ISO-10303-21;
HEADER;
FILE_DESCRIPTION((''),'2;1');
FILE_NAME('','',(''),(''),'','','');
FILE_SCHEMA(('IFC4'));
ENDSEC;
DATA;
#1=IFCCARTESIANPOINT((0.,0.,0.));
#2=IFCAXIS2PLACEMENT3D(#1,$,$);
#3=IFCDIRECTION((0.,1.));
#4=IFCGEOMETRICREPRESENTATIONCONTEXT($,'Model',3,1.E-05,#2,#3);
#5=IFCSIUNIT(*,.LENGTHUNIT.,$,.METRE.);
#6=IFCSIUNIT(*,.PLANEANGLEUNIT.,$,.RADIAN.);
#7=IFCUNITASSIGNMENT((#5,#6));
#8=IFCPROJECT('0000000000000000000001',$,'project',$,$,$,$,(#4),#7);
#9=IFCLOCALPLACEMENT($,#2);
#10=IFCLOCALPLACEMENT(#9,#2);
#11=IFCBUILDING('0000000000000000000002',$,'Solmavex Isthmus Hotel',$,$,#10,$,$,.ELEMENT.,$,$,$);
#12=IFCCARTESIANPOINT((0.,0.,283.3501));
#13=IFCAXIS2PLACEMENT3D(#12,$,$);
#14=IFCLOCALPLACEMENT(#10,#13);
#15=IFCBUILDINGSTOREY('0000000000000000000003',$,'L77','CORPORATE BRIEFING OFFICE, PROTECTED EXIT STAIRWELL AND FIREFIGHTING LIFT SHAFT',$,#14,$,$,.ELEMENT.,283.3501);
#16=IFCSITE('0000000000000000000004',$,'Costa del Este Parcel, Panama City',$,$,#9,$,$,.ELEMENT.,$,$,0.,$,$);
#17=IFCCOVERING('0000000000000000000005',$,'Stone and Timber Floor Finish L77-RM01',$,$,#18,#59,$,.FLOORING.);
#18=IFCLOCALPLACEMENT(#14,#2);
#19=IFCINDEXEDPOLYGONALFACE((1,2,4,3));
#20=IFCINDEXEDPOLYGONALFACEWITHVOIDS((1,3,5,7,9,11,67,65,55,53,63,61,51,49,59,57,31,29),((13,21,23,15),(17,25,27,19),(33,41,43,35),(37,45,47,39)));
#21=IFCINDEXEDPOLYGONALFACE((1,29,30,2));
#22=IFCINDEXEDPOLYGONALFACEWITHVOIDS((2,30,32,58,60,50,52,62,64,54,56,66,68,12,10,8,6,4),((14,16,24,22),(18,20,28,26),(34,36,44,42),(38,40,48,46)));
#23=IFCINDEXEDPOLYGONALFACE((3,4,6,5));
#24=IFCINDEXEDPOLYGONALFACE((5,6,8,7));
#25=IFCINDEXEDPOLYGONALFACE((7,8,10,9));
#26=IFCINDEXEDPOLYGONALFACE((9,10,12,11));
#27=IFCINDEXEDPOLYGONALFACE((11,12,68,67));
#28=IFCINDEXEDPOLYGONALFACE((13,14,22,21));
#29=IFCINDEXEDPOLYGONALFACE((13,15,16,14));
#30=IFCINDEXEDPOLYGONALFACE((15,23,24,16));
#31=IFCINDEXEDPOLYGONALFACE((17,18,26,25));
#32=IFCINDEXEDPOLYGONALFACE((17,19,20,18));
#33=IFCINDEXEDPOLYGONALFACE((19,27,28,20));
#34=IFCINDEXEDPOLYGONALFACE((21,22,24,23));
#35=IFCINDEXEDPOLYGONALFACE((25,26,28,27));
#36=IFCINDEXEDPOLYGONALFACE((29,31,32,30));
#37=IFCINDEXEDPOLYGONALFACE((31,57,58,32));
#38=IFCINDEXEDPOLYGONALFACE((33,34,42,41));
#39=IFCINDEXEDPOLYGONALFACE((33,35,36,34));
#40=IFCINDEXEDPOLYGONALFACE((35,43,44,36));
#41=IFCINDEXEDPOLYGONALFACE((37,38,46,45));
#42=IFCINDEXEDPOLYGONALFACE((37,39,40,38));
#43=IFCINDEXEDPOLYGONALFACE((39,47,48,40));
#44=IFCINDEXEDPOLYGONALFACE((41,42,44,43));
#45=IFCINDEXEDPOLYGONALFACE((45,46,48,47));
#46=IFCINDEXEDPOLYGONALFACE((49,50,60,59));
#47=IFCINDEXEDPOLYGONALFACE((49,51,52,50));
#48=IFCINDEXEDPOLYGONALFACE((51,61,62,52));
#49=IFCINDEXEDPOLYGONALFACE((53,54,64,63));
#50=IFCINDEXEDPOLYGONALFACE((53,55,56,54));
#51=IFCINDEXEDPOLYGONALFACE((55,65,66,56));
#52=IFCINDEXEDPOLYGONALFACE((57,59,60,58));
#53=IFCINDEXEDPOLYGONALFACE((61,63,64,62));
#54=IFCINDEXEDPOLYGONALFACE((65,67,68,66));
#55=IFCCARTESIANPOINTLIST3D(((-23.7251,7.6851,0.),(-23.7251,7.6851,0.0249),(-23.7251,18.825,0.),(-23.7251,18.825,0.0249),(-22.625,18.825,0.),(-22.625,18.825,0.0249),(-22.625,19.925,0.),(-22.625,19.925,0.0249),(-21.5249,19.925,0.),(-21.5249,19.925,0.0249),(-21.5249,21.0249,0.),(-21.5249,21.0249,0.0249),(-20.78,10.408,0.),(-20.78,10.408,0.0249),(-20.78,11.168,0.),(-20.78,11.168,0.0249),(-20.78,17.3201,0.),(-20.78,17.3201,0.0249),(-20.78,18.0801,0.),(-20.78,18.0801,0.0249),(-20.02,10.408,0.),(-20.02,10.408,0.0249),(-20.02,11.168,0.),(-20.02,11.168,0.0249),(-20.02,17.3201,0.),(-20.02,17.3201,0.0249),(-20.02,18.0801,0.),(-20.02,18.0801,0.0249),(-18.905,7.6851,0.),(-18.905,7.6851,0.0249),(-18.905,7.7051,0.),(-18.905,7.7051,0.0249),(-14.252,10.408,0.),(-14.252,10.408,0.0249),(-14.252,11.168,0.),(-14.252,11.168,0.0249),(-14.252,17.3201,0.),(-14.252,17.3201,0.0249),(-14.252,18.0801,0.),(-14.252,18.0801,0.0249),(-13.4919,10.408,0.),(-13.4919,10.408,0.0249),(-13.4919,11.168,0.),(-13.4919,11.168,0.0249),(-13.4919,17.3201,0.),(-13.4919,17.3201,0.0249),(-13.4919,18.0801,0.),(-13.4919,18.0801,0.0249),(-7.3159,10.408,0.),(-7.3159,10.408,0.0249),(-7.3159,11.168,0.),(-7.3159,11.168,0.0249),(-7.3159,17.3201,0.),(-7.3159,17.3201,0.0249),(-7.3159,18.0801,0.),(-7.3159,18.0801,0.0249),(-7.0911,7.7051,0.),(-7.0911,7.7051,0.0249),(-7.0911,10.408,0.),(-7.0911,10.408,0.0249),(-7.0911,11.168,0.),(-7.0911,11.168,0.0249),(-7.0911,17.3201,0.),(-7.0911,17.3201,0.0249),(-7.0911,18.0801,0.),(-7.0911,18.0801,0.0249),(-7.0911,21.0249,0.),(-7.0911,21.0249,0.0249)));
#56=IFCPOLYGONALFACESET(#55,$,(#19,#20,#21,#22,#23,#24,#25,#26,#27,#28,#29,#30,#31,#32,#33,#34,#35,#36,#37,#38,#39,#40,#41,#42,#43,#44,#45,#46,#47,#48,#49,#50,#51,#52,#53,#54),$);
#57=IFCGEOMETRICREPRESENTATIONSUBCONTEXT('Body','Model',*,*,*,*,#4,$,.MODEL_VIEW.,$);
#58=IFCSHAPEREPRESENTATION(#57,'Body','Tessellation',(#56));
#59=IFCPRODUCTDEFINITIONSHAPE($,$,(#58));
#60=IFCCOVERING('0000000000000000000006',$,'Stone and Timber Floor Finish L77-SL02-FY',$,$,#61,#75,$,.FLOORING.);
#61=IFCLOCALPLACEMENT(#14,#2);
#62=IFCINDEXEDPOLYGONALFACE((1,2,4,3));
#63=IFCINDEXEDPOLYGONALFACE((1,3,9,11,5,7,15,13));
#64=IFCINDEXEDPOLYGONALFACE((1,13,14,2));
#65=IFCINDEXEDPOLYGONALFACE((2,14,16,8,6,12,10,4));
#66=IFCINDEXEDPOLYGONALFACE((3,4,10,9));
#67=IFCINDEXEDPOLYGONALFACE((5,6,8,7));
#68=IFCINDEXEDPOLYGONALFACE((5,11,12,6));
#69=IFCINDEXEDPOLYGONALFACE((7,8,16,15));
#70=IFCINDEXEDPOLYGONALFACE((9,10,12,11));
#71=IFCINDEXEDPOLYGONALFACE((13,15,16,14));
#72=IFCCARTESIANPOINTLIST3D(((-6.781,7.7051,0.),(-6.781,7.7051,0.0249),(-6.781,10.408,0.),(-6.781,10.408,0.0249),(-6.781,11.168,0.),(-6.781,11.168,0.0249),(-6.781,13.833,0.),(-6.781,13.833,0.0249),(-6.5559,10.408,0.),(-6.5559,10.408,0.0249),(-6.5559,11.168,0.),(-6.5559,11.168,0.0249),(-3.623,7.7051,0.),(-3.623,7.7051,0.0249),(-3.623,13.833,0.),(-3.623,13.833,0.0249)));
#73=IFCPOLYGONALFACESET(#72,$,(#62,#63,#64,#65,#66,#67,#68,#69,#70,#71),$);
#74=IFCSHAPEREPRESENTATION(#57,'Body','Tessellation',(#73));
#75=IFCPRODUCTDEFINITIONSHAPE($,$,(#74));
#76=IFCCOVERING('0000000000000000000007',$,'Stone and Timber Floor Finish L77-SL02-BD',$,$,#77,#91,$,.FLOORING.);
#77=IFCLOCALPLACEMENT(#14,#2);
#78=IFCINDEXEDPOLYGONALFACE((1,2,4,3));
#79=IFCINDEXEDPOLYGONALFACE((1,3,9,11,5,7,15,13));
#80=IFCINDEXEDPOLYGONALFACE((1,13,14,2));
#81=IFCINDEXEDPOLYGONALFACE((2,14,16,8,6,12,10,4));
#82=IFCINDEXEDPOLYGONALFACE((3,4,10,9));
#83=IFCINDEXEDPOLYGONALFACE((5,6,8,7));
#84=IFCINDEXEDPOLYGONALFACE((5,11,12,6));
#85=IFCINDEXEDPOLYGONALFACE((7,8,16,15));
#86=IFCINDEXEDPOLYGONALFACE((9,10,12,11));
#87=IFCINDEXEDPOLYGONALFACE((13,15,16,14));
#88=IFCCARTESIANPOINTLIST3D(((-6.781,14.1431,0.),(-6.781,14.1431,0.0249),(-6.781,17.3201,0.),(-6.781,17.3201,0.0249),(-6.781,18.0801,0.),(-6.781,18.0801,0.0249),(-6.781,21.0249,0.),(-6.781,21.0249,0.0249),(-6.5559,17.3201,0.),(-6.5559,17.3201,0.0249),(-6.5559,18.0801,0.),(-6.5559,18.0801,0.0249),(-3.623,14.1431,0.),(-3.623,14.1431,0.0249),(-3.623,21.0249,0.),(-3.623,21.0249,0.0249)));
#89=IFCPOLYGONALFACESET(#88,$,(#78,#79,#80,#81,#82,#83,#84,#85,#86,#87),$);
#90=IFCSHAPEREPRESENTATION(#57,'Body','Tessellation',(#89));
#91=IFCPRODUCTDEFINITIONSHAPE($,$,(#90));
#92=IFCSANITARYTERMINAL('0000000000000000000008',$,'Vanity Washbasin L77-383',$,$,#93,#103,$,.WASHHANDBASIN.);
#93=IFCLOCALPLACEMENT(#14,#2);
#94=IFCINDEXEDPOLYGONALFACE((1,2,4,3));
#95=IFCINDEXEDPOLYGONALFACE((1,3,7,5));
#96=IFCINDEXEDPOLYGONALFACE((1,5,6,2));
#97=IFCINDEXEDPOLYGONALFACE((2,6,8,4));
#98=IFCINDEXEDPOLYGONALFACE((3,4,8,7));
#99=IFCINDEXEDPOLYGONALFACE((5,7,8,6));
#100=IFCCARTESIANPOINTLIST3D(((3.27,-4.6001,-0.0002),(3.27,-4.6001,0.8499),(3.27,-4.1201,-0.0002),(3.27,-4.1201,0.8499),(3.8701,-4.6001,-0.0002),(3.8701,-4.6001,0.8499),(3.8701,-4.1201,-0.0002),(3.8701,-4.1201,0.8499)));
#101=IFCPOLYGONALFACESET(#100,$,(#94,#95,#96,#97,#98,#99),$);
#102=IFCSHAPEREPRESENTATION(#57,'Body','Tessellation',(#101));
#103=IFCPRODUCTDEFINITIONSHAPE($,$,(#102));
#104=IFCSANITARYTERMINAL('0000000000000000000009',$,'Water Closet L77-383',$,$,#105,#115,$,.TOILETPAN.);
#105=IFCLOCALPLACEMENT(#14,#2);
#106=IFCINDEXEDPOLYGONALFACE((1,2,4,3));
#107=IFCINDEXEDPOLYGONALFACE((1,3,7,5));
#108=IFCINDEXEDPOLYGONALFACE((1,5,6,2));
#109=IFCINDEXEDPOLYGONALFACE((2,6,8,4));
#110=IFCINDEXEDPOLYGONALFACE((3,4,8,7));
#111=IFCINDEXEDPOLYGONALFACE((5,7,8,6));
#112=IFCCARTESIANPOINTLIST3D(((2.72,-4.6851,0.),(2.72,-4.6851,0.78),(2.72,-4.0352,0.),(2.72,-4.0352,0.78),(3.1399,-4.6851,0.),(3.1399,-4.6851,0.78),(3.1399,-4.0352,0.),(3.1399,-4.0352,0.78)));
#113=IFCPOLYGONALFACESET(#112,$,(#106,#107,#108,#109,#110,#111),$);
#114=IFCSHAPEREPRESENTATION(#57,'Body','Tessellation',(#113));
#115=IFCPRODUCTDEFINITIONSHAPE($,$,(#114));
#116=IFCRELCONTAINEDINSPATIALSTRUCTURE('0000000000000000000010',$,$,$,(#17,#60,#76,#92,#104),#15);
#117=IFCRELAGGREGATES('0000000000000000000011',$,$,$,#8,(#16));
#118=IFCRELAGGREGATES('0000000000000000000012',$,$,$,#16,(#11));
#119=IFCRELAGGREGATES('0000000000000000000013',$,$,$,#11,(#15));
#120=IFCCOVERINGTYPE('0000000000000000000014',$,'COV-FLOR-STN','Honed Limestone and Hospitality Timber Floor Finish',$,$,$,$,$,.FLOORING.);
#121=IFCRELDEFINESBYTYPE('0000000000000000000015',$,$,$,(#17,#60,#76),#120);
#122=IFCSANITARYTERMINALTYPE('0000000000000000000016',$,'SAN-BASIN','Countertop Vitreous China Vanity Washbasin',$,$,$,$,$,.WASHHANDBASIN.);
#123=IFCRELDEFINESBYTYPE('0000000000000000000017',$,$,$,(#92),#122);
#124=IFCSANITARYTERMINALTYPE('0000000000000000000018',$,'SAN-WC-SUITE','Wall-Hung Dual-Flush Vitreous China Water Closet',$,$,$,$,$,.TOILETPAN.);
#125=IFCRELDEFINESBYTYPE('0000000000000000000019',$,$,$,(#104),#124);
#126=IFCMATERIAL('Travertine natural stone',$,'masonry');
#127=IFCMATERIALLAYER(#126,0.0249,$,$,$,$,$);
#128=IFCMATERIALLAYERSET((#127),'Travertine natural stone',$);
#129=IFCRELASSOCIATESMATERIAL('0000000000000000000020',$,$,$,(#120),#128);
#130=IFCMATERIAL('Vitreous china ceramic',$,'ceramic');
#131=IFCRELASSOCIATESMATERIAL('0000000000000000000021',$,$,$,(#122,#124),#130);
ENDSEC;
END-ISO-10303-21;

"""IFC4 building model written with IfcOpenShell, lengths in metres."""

from ifc_helpers import new_model, si_unit, direction, frame, origin, origin_2d, place, context, subcontext, project, spatial, polyline, rectangle, outline, extrude, material, layer, layer_set, type_object, element, save


model = new_model("IFC4")

# Units and contexts
model_context = context("Model", 3, precision=1e-05, world=origin(), true_north=direction((0.0, 1.0)))
body_context = subcontext(model_context, "Body", "Model", "MODEL_VIEW")
ifc_project = project(units=[si_unit("LENGTHUNIT", "METRE"), si_unit("PLANEANGLEUNIT", "RADIAN")], contexts=[model_context])

# Site, building, storey
site_placement = place(None, origin())
site = spatial("IfcSite", under=ifc_project, at=site_placement, Name="Costa del Este Parcel, Panama City", CompositionType="ELEMENT", RefElevation=0.0)
building_placement = place(site_placement, origin())
building = spatial("IfcBuilding", under=site, at=building_placement, Name="Solmavex Isthmus Hotel", CompositionType="ELEMENT")
storey_placement = place(building_placement, frame((0.0, 0.0, 283.3501)))
storey = spatial("IfcBuildingStorey", under=building, at=storey_placement, Name="L77", Description="CORPORATE BRIEFING OFFICE, PROTECTED EXIT STAIRWELL AND FIREFIGHTING LIFT SHAFT", CompositionType="ELEMENT", Elevation=283.3501)

# Coverings
ifc_material_1 = material(Name="Travertine natural stone", Category="masonry")
ifc_layer_1 = layer(ifc_material_1, 0.0249)
ifc_layer_set_1 = layer_set([ifc_layer_1], Name="Travertine natural stone")
covering_type_1 = type_object("IfcCoveringType", Name="COV-FLOR-STN", Description="Honed Limestone and Hospitality Timber Floor Finish", PredefinedType="FLOORING", material=ifc_layer_set_1)
covering_1_placement = place(storey_placement, origin())
element("IfcCovering", 1, at=covering_1_placement, inside=storey, type_object=covering_type_1, Name="Stone and Timber Floor Finish L77-RM01", PredefinedType="FLOORING", context=body_context, shape_type="SweptSolid", body=[
    extrude(outline(polyline([(-18.905, 7.6851), (-18.905, 7.7051), (-7.0911, 7.7051), (-7.0911, 10.408), (-7.3159, 10.408), (-7.3159, 11.168), (-7.0911, 11.168), (-7.0911, 17.3201), (-7.3159, 17.3201), (-7.3159, 18.0801), (-7.0911, 18.0801), (-7.0911, 21.0249), (-21.5249, 21.0249), (-21.5249, 19.925), (-22.625, 19.925), (-22.625, 18.825), (-23.7251, 18.825), (-23.7251, 7.6851), (-18.905, 7.6851)]), holes=[polyline([(-14.252, 10.408), (-14.252, 11.168), (-13.4919, 11.168), (-13.4919, 10.408), (-14.252, 10.408)]), polyline([(-14.252, 17.3201), (-14.252, 18.0801), (-13.4919, 18.0801), (-13.4919, 17.3201), (-14.252, 17.3201)]), polyline([(-20.78, 10.408), (-20.78, 11.168), (-20.02, 11.168), (-20.02, 10.408), (-20.78, 10.408)]), polyline([(-20.78, 17.3201), (-20.78, 18.0801), (-20.02, 18.0801), (-20.02, 17.3201), (-20.78, 17.3201)])]), origin(), (0.0, 0.0, 1.0), 0.0249),
])
covering_2_placement = place(storey_placement, origin())
element("IfcCovering", 2, at=covering_2_placement, inside=storey, type_object=covering_type_1, Name="Stone and Timber Floor Finish L77-SL02-FY", PredefinedType="FLOORING", context=body_context, shape_type="SweptSolid", body=[
    extrude(outline(polyline([(-6.781, 11.168), (-6.5559, 11.168), (-6.5559, 10.408), (-6.781, 10.408), (-6.781, 7.7051), (-3.623, 7.7051), (-3.623, 13.833), (-6.781, 13.833), (-6.781, 11.168)])), origin(), (0.0, 0.0, 1.0), 0.0249),
])
covering_3_placement = place(storey_placement, origin())
element("IfcCovering", 3, at=covering_3_placement, inside=storey, type_object=covering_type_1, Name="Stone and Timber Floor Finish L77-SL02-BD", PredefinedType="FLOORING", context=body_context, shape_type="SweptSolid", body=[
    extrude(outline(polyline([(-6.781, 18.0801), (-6.5559, 18.0801), (-6.5559, 17.3201), (-6.781, 17.3201), (-6.781, 14.1431), (-3.623, 14.1431), (-3.623, 21.0249), (-6.781, 21.0249), (-6.781, 18.0801)])), origin(), (0.0, 0.0, 1.0), 0.0249),
])

# Sanitary terminals
ifc_material_2 = material(Name="Vitreous china ceramic", Category="ceramic")
sanitary_terminal_type_1 = type_object("IfcSanitaryTerminalType", Name="SAN-BASIN", Description="Countertop Vitreous China Vanity Washbasin", PredefinedType="WASHHANDBASIN", material=ifc_material_2)
sanitary_terminal_1_placement = place(storey_placement, frame((3.5701, -4.3601, -0.0002), z_axis=(0.0, 0.0, 1.0), x_axis=(1.0, 0.0, 0.0)))
element("IfcSanitaryTerminal", 4, at=sanitary_terminal_1_placement, inside=storey, type_object=sanitary_terminal_type_1, Name="Vanity Washbasin L77-383", PredefinedType="WASHHANDBASIN", context=body_context, shape_type="SweptSolid", body=[
    extrude(rectangle(XDim=0.6001, YDim=0.48, at=origin_2d()), origin(), (0.0, 0.0, 1.0), 0.8501),
])
sanitary_terminal_type_2 = type_object("IfcSanitaryTerminalType", Name="SAN-WC-SUITE", Description="Wall-Hung Dual-Flush Vitreous China Water Closet", PredefinedType="TOILETPAN", material=ifc_material_2)
sanitary_terminal_2_placement = place(storey_placement, frame((2.9299, -4.3601, 0.0), z_axis=(0.0, 0.0, 1.0), x_axis=(1.0, 0.0, 0.0)))
element("IfcSanitaryTerminal", 5, at=sanitary_terminal_2_placement, inside=storey, type_object=sanitary_terminal_type_2, Name="Water Closet L77-383", PredefinedType="TOILETPAN", context=body_context, shape_type="SweptSolid", body=[
    extrude(rectangle(XDim=0.4199, YDim=0.6499, at=origin_2d()), origin(), (0.0, 0.0, 1.0), 0.78),
])

save(model, "model.ifc")
